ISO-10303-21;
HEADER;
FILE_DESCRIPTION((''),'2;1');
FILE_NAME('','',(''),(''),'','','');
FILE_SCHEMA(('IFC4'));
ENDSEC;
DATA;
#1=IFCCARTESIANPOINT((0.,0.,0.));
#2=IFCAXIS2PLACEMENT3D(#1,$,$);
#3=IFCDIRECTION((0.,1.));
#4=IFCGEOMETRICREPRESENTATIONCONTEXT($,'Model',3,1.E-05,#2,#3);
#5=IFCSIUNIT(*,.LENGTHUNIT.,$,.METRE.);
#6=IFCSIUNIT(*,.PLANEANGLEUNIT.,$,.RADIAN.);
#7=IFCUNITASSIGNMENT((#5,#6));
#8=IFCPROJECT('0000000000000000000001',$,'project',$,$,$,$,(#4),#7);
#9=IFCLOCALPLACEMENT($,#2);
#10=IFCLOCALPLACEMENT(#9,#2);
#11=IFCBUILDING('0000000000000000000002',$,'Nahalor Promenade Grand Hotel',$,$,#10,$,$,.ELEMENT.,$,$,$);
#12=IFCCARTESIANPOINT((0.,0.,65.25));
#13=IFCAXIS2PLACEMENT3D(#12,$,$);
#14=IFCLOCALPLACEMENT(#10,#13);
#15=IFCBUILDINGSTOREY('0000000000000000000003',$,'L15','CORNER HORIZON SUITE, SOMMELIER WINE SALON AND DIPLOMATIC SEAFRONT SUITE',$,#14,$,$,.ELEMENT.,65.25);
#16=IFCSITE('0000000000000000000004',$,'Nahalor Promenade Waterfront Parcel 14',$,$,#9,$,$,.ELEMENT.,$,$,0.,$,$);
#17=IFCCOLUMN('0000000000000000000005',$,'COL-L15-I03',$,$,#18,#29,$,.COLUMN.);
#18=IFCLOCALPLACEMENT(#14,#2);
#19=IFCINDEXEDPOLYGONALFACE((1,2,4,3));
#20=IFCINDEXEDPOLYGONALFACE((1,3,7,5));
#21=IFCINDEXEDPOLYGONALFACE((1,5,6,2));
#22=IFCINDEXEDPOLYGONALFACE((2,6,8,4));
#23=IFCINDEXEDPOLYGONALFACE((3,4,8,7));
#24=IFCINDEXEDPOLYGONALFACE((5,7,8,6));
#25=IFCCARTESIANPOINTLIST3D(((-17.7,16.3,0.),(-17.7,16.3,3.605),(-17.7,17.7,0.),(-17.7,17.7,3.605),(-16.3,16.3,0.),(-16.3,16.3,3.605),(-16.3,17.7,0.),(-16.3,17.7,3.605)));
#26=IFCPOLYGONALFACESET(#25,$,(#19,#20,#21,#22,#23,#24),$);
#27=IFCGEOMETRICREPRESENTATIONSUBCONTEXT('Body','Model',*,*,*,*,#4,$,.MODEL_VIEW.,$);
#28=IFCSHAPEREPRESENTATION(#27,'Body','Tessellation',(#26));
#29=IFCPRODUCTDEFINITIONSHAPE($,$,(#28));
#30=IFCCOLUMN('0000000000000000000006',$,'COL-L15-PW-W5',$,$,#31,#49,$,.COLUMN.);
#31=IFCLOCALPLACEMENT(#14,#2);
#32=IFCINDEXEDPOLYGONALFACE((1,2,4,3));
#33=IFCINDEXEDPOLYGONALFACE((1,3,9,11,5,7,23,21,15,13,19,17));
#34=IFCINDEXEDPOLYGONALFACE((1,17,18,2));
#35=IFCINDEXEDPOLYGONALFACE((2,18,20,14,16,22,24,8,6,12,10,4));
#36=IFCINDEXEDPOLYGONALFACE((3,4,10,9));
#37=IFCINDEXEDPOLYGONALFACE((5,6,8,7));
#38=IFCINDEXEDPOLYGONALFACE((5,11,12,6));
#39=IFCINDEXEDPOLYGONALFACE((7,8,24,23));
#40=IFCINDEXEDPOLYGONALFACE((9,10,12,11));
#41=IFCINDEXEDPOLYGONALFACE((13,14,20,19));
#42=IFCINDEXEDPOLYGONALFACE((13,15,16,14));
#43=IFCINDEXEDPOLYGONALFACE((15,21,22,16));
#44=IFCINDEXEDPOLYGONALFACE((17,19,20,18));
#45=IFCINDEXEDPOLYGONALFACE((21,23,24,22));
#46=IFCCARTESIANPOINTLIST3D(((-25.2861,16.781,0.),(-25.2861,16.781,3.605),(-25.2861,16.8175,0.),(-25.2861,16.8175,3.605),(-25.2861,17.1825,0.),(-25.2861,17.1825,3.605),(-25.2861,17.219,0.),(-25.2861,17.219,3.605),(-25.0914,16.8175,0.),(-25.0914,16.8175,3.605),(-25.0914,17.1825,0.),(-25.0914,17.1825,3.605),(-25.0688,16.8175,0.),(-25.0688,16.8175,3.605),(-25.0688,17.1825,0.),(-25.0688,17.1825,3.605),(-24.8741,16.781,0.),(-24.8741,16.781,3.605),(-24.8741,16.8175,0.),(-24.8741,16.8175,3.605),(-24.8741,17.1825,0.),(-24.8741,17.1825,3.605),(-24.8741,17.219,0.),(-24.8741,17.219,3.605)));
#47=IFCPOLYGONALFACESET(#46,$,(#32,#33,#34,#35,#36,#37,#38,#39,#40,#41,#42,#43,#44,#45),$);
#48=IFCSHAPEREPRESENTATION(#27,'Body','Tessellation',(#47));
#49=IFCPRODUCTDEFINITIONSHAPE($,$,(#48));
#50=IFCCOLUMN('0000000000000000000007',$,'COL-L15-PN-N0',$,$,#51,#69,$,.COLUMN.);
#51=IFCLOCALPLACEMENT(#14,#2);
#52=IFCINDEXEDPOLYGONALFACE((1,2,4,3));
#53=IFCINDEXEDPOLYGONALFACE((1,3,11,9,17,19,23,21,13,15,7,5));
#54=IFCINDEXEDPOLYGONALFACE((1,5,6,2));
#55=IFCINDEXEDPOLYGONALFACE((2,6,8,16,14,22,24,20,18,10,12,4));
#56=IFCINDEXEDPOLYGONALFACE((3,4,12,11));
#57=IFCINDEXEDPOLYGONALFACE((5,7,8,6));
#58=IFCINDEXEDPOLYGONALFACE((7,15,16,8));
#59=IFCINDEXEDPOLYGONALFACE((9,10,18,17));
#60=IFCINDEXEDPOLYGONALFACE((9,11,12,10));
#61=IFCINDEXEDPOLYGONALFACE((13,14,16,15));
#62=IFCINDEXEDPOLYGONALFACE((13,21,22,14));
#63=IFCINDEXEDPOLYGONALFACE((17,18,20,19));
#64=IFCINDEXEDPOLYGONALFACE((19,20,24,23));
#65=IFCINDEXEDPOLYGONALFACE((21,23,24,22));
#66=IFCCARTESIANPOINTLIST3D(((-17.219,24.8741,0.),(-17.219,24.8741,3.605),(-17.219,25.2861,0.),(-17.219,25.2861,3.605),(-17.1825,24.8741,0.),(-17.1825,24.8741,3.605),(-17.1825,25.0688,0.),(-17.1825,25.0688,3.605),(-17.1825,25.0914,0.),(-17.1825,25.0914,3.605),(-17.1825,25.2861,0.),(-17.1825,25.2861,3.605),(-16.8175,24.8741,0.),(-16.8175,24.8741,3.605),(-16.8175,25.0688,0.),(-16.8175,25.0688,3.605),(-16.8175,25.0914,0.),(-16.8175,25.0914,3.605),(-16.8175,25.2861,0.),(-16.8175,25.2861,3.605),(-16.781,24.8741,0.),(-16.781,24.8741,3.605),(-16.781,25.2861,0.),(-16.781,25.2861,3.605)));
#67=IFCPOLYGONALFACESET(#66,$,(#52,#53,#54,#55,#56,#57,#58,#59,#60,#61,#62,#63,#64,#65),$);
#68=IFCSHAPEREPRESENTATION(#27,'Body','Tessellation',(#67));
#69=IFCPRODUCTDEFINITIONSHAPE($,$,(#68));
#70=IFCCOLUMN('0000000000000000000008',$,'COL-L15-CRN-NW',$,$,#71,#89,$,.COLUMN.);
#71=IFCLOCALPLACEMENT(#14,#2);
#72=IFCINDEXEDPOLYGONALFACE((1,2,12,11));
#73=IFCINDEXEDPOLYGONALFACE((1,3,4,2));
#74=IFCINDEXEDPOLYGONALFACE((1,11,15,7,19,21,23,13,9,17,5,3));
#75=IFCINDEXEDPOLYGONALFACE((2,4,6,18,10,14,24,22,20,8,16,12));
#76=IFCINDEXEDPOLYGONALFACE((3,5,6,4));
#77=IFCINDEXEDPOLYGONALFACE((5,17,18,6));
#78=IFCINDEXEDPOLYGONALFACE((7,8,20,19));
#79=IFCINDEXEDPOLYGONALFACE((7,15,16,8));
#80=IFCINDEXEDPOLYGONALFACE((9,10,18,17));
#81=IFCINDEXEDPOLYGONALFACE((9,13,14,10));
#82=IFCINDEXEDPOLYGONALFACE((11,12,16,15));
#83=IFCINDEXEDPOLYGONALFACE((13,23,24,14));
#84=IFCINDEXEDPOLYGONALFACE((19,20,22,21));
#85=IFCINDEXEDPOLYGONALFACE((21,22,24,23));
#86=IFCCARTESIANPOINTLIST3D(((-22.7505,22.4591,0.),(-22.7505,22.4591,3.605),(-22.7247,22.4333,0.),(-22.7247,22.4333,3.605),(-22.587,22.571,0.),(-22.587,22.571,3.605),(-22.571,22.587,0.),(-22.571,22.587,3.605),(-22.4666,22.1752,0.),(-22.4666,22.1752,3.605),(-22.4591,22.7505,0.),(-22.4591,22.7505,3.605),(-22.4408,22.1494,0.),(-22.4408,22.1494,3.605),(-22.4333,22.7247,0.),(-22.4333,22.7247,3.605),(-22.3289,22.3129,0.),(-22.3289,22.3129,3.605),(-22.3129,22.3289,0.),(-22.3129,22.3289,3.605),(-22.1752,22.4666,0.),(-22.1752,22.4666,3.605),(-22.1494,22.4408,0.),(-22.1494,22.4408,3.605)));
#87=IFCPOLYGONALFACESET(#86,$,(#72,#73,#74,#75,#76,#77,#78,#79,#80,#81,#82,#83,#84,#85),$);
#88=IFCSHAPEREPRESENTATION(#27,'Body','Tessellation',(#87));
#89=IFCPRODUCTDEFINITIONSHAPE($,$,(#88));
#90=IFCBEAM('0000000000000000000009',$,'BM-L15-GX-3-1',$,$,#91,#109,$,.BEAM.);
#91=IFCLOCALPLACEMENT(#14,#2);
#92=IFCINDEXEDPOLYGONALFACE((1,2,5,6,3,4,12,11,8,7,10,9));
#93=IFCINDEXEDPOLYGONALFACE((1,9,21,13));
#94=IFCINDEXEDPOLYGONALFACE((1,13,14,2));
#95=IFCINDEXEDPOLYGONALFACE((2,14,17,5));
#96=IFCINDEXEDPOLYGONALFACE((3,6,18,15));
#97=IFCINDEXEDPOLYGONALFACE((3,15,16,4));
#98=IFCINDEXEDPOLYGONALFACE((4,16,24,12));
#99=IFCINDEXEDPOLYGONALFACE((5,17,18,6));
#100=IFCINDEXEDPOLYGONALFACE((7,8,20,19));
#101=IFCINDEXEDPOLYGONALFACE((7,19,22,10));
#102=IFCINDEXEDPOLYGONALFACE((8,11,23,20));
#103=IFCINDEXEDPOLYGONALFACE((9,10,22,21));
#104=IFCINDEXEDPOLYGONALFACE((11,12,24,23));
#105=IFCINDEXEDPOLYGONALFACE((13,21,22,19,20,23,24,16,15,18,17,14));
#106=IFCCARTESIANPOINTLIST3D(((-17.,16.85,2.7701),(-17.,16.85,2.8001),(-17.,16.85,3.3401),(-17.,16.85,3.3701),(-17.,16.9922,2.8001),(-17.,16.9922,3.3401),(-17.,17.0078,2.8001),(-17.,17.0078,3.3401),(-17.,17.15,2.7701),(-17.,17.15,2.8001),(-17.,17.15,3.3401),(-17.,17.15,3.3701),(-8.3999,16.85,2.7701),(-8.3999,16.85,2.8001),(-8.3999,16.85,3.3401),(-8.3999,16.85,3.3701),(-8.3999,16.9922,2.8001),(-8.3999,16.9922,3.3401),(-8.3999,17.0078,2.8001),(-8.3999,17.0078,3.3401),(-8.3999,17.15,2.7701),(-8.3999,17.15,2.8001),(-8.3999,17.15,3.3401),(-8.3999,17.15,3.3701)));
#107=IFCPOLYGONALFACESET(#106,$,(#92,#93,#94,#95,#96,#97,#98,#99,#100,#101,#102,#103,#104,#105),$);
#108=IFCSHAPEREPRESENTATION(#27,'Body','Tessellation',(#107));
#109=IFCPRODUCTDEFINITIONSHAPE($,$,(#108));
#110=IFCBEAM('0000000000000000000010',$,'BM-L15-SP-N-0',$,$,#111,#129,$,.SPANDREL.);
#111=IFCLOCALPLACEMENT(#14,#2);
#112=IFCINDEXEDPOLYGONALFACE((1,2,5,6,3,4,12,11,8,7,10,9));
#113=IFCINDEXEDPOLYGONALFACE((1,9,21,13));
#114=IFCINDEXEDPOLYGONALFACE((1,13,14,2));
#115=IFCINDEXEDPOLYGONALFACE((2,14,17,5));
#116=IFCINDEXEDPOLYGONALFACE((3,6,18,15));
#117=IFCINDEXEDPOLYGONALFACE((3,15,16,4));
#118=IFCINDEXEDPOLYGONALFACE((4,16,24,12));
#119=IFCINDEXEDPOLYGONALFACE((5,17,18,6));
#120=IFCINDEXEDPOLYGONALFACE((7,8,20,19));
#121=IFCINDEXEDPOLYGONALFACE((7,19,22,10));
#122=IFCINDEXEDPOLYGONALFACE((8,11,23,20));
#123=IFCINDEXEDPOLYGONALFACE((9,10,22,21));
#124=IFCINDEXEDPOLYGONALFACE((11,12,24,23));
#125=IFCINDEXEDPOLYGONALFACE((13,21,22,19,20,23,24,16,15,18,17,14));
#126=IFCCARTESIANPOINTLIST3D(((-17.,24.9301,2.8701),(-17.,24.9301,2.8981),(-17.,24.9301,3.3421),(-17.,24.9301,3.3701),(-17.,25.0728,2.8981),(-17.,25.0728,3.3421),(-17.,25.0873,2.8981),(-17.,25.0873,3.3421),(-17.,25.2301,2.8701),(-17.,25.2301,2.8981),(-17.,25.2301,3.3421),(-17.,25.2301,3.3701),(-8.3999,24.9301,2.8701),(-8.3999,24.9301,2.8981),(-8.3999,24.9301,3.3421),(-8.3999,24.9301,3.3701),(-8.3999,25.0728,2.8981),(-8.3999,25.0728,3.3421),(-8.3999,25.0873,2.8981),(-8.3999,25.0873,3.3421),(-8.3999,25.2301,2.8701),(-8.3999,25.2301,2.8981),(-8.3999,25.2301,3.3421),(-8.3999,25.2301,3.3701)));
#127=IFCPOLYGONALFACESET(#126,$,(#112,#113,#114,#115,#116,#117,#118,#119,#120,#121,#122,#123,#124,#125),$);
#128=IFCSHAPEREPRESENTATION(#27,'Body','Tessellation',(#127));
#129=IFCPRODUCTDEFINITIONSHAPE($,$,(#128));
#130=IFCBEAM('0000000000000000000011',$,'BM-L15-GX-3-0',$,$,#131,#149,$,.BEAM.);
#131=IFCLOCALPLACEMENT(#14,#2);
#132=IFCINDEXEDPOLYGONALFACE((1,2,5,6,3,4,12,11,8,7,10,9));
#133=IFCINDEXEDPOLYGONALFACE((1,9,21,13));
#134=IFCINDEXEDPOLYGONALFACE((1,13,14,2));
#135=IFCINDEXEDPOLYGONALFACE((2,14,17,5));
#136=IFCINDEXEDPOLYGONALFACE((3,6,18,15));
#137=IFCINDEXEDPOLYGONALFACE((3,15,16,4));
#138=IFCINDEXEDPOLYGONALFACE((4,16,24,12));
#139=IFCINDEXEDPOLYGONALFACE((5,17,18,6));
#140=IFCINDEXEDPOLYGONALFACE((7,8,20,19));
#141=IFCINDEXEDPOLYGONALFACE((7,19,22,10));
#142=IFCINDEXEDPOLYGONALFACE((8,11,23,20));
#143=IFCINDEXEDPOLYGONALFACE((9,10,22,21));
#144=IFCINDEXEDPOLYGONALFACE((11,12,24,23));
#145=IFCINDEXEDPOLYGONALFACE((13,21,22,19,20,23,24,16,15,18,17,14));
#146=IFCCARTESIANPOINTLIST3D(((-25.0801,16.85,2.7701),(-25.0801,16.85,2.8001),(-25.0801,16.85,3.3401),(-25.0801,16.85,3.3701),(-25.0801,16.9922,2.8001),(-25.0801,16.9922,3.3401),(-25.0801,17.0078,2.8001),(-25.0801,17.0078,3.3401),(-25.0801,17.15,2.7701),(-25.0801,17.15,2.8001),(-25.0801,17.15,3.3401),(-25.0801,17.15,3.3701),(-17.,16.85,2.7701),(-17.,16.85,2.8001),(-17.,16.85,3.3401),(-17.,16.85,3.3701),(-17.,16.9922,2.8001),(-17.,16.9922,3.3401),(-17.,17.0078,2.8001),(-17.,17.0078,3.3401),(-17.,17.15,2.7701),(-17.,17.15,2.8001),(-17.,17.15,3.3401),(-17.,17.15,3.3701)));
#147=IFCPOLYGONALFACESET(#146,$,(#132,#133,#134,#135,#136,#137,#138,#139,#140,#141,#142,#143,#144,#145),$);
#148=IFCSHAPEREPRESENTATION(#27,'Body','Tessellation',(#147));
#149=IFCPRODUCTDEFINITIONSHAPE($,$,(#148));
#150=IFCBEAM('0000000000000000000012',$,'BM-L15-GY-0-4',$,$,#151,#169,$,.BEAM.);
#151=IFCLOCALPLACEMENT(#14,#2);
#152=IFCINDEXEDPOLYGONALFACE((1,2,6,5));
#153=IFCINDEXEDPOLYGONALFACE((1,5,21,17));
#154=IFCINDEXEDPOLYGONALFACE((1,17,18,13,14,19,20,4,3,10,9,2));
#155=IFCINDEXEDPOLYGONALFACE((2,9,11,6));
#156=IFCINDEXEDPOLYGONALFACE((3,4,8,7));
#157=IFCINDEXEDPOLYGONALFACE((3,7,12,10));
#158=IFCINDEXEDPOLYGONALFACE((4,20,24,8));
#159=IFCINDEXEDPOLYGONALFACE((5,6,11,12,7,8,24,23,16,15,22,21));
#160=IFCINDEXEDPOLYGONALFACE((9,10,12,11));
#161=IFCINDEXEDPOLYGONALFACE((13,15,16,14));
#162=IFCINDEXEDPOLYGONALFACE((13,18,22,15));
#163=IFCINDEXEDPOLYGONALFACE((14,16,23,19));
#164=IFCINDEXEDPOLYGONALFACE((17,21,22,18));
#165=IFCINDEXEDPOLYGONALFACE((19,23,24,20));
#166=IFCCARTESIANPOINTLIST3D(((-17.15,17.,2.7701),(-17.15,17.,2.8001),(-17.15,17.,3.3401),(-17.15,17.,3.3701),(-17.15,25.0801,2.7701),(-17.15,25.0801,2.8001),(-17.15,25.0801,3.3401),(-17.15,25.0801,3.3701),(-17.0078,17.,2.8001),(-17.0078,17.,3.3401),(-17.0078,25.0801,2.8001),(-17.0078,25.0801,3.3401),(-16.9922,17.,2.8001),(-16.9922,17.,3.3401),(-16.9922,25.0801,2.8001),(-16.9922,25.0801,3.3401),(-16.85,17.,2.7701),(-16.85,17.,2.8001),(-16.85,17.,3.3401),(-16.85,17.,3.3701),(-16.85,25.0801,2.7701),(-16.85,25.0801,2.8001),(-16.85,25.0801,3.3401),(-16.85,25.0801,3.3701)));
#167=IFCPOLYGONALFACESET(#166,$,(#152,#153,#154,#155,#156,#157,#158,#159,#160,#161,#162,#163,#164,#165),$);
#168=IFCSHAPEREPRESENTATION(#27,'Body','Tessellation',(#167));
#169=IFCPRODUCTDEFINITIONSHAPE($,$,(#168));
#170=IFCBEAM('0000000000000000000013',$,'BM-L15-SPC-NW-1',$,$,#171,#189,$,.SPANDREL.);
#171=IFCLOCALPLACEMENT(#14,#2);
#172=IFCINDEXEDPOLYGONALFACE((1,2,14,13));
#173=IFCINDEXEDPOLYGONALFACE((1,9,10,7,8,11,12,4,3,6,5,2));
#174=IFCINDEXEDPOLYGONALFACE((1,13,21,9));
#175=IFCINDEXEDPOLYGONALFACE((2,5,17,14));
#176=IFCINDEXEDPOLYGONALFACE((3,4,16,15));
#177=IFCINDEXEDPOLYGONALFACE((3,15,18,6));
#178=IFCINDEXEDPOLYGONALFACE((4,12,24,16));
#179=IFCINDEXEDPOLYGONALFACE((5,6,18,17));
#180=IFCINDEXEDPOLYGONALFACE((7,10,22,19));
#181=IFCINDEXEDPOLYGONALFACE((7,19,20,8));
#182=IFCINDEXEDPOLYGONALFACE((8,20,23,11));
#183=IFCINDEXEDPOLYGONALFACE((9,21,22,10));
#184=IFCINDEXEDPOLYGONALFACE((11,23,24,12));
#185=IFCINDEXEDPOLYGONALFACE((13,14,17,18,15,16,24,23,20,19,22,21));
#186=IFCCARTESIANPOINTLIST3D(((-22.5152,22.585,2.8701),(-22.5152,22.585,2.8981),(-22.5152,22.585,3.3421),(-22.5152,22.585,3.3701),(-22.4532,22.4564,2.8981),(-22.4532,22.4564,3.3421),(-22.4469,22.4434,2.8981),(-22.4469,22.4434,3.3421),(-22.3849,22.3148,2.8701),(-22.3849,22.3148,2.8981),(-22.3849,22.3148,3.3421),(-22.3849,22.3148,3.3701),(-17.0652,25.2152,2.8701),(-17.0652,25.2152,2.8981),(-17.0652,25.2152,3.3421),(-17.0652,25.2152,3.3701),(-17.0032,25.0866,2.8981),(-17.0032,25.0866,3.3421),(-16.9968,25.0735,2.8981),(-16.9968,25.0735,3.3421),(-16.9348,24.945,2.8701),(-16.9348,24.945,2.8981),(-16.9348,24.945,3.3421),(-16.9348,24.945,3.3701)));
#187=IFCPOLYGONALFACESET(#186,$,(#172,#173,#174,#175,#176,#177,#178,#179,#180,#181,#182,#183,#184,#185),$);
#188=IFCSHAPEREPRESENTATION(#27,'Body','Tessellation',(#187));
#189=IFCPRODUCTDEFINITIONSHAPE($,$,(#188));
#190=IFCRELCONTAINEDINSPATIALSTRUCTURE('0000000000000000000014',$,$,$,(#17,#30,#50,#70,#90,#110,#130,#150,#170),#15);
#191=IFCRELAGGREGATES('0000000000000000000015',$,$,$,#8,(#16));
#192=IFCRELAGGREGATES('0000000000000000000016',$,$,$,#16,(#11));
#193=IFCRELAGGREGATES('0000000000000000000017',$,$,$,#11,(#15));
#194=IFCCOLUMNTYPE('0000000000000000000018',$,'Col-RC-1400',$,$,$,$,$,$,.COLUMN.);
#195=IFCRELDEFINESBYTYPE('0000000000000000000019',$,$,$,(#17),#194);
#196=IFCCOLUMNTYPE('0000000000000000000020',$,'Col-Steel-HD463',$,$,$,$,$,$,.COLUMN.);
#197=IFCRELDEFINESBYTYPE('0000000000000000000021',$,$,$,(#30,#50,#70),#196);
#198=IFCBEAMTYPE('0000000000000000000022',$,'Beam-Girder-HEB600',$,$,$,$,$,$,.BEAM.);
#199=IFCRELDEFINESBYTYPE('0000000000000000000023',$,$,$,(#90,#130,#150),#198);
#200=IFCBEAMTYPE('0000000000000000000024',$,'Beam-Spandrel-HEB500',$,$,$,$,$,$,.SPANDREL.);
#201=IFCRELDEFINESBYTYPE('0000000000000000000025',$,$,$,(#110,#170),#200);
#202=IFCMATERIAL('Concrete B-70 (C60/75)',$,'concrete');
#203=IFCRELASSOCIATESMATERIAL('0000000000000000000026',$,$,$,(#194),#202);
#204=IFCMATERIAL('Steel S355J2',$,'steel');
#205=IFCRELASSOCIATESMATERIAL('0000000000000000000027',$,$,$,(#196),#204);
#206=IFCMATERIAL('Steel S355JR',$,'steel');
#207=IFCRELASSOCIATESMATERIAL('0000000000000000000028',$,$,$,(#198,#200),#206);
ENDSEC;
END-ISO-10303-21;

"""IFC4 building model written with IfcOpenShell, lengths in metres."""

from ifc_helpers import new_model, si_unit, direction, frame, origin, origin_2d, place, context, subcontext, project, spatial, rectangle, i_section, extrude, source, transform, mapped, material, material_profile, profile_set, type_object, element, save


model = new_model("IFC4")

# Units and contexts
model_context = context("Model", 3, precision=1e-05, world=origin(), true_north=direction((0.0, 1.0)))
body_context = subcontext(model_context, "Body", "Model", "MODEL_VIEW")
ifc_project = project(units=[si_unit("LENGTHUNIT", "METRE"), si_unit("PLANEANGLEUNIT", "RADIAN")], contexts=[model_context])

# Site, building, storey
site_placement = place(None, origin())
site = spatial("IfcSite", under=ifc_project, at=site_placement, Name="Nahalor Promenade Waterfront Parcel 14", CompositionType="ELEMENT", RefElevation=0.0)
building_placement = place(site_placement, origin())
building = spatial("IfcBuilding", under=site, at=building_placement, Name="Nahalor Promenade Grand Hotel", CompositionType="ELEMENT")
storey_placement = place(building_placement, frame((0.0, 0.0, 65.25)))
storey = spatial("IfcBuildingStorey", under=building, at=storey_placement, Name="L15", Description="CORNER HORIZON SUITE, SOMMELIER WINE SALON AND DIPLOMATIC SEAFRONT SUITE", CompositionType="ELEMENT", Elevation=65.25)

# Columns
ifc_material_1 = material(Name="Concrete B-70 (C60/75)", Category="concrete")
ifc_material_profile_1 = material_profile(ifc_material_1, rectangle(XDim=1.4, YDim=1.4, at=origin_2d()), Name="RC 1400x1400")
ifc_profile_set_1 = profile_set([ifc_material_profile_1], Name="Concrete B-70 (C60/75)")
column_type_1 = type_object("IfcColumnType", Name="Col-RC-1400", PredefinedType="COLUMN", material=ifc_profile_set_1)
shared_shape_1 = source(origin(), body_context, "Body", "SweptSolid", [
    extrude(rectangle(XDim=1.4, YDim=1.4, at=origin_2d()), origin(), (0.0, 0.0, 1.0), 3.605),
])
column_placement = place(storey_placement, frame((-17.0, 17.0, 0.0), z_axis=(0.0, 0.0, 1.0), x_axis=(1.0, 0.0, 0.0)))
element("IfcColumn", 1, at=column_placement, inside=storey, type_object=column_type_1, Name="COL-L15-I03", PredefinedType="COLUMN", context=body_context, shape_type="MappedRepresentation", body=[
    mapped(shared_shape_1, transform((0.0, 0.0, 0.0), scale=1.0)),
])
ifc_material_2 = material(Name="Steel S355J2", Category="steel")
ifc_material_profile_2 = material_profile(ifc_material_2, i_section(OverallWidth=0.412, OverallDepth=0.438, WebThickness=0.0226, FlangeThickness=0.0365, at=origin_2d()), Name="HD 400x463")
ifc_profile_set_2 = profile_set([ifc_material_profile_2], Name="Steel S355J2")
column_type_2 = type_object("IfcColumnType", Name="Col-Steel-HD463", PredefinedType="COLUMN", material=ifc_profile_set_2)
shared_shape_2 = source(origin(), body_context, "Body", "SweptSolid", [
    extrude(i_section(OverallWidth=0.412, OverallDepth=0.438, WebThickness=0.0226, FlangeThickness=0.0365, at=origin_2d()), origin(), (0.0, 0.0, 1.0), 3.605),
])
for number, where, z_axis, x_axis, name in (
    (2, (-25.0801, 17.0, 0.0), (0.0, 0.0, 1.0), (1.0, 0.0, 0.0), "COL-L15-PW-W5"),
    (3, (-17.0, 25.0801, 0.0), (0.0, 0.0, 1.0), (0.0, 1.0, 0.0), "COL-L15-PN-N0"),
    (4, (-22.45, 22.45, 0.0), (0.0, 0.0, 1.0), (0.707107, 0.707107, 0.0), "COL-L15-CRN-NW"),
):
    element("IfcColumn", number, at=place(storey_placement, frame(where, z_axis=z_axis, x_axis=x_axis)), inside=storey, type_object=column_type_2, Name=name, PredefinedType="COLUMN", context=body_context, shape_type="MappedRepresentation", body=[
        mapped(shared_shape_2, transform((0.0, 0.0, 0.0), scale=1.0)),
    ])

# Beams
ifc_material_3 = material(Name="Steel S355JR", Category="steel")
ifc_material_profile_3 = material_profile(ifc_material_3, i_section(OverallWidth=0.3, OverallDepth=0.6, WebThickness=0.0155, FlangeThickness=0.03, at=origin_2d()), Name="HEB 600")
ifc_profile_set_3 = profile_set([ifc_material_profile_3], Name="Steel S355JR")
beam_type_1 = type_object("IfcBeamType", Name="Beam-Girder-HEB600", PredefinedType="BEAM", material=ifc_profile_set_3)
shared_shape_3 = source(origin(), body_context, "Body", "SweptSolid", [
    extrude(i_section(OverallWidth=0.3, OverallDepth=0.6, WebThickness=0.0155, FlangeThickness=0.03, at=origin_2d()), origin(), (0.0, 0.0, 1.0), 8.6001),
])
beam_1_placement = place(storey_placement, frame((-17.0, 17.0, 3.0701), z_axis=(1.0, 0.0, 0.0), x_axis=(0.0, 1.0, 0.0)))
element("IfcBeam", 5, at=beam_1_placement, inside=storey, type_object=beam_type_1, Name="BM-L15-GX-3-1", PredefinedType="BEAM", context=body_context, shape_type="MappedRepresentation", body=[
    mapped(shared_shape_3, transform((0.0, 0.0, 0.0), scale=1.0)),
])
ifc_material_profile_4 = material_profile(ifc_material_3, i_section(OverallWidth=0.3, OverallDepth=0.5, WebThickness=0.0145, FlangeThickness=0.028, at=origin_2d()), Name="HEB 500")
ifc_profile_set_4 = profile_set([ifc_material_profile_4], Name="Steel S355JR")
beam_type_2 = type_object("IfcBeamType", Name="Beam-Spandrel-HEB500", PredefinedType="SPANDREL", material=ifc_profile_set_4)
shared_shape_4 = source(origin(), body_context, "Body", "SweptSolid", [
    extrude(i_section(OverallWidth=0.3, OverallDepth=0.5, WebThickness=0.0145, FlangeThickness=0.028, at=origin_2d()), origin(), (0.0, 0.0, 1.0), 8.6001),
])
beam_2_placement = place(storey_placement, frame((-17.0, 25.0801, 3.1201), z_axis=(1.0, 0.0, 0.0), x_axis=(0.0, 1.0, 0.0)))
element("IfcBeam", 6, at=beam_2_placement, inside=storey, type_object=beam_type_2, Name="BM-L15-SP-N-0", PredefinedType="SPANDREL", context=body_context, shape_type="MappedRepresentation", body=[
    mapped(shared_shape_4, transform((0.0, 0.0, 0.0), scale=1.0)),
])
shared_shape_5 = source(origin(), body_context, "Body", "SweptSolid", [
    extrude(i_section(OverallWidth=0.3, OverallDepth=0.6, WebThickness=0.0155, FlangeThickness=0.03, at=origin_2d()), origin(), (0.0, 0.0, 1.0), 8.0801),
])
for number, where, z_axis, x_axis, name in (
    (7, (-25.0801, 17.0, 3.0701), (1.0, 0.0, 0.0), (0.0, 1.0, 0.0), "BM-L15-GX-3-0"),
    (8, (-17.0, 17.0, 3.0701), (0.0, 1.0, 0.0), (-1.0, 0.0, 0.0), "BM-L15-GY-0-4"),
):
    element("IfcBeam", number, at=place(storey_placement, frame(where, z_axis=z_axis, x_axis=x_axis)), inside=storey, type_object=beam_type_1, Name=name, PredefinedType="BEAM", context=body_context, shape_type="MappedRepresentation", body=[
        mapped(shared_shape_5, transform((0.0, 0.0, 0.0), scale=1.0)),
    ])
shared_shape_6 = source(origin(), body_context, "Body", "SweptSolid", [
    extrude(i_section(OverallWidth=0.3, OverallDepth=0.5, WebThickness=0.0145, FlangeThickness=0.028, at=origin_2d()), origin(), (0.0, 0.0, 1.0), 6.0515),
])
for number, where, z_axis, x_axis, name in (
    (9, (-17.0, 25.0801, 3.1201), (-0.900609, -0.434631, 0.0), (0.434631, -0.900609, 0.0), "BM-L15-SPC-NW-1"),
):
    element("IfcBeam", number, at=place(storey_placement, frame(where, z_axis=z_axis, x_axis=x_axis)), inside=storey, type_object=beam_type_2, Name=name, PredefinedType="SPANDREL", context=body_context, shape_type="MappedRepresentation", body=[
        mapped(shared_shape_6, transform((0.0, 0.0, 0.0), scale=1.0)),
    ])

save(model, "model.ifc")
